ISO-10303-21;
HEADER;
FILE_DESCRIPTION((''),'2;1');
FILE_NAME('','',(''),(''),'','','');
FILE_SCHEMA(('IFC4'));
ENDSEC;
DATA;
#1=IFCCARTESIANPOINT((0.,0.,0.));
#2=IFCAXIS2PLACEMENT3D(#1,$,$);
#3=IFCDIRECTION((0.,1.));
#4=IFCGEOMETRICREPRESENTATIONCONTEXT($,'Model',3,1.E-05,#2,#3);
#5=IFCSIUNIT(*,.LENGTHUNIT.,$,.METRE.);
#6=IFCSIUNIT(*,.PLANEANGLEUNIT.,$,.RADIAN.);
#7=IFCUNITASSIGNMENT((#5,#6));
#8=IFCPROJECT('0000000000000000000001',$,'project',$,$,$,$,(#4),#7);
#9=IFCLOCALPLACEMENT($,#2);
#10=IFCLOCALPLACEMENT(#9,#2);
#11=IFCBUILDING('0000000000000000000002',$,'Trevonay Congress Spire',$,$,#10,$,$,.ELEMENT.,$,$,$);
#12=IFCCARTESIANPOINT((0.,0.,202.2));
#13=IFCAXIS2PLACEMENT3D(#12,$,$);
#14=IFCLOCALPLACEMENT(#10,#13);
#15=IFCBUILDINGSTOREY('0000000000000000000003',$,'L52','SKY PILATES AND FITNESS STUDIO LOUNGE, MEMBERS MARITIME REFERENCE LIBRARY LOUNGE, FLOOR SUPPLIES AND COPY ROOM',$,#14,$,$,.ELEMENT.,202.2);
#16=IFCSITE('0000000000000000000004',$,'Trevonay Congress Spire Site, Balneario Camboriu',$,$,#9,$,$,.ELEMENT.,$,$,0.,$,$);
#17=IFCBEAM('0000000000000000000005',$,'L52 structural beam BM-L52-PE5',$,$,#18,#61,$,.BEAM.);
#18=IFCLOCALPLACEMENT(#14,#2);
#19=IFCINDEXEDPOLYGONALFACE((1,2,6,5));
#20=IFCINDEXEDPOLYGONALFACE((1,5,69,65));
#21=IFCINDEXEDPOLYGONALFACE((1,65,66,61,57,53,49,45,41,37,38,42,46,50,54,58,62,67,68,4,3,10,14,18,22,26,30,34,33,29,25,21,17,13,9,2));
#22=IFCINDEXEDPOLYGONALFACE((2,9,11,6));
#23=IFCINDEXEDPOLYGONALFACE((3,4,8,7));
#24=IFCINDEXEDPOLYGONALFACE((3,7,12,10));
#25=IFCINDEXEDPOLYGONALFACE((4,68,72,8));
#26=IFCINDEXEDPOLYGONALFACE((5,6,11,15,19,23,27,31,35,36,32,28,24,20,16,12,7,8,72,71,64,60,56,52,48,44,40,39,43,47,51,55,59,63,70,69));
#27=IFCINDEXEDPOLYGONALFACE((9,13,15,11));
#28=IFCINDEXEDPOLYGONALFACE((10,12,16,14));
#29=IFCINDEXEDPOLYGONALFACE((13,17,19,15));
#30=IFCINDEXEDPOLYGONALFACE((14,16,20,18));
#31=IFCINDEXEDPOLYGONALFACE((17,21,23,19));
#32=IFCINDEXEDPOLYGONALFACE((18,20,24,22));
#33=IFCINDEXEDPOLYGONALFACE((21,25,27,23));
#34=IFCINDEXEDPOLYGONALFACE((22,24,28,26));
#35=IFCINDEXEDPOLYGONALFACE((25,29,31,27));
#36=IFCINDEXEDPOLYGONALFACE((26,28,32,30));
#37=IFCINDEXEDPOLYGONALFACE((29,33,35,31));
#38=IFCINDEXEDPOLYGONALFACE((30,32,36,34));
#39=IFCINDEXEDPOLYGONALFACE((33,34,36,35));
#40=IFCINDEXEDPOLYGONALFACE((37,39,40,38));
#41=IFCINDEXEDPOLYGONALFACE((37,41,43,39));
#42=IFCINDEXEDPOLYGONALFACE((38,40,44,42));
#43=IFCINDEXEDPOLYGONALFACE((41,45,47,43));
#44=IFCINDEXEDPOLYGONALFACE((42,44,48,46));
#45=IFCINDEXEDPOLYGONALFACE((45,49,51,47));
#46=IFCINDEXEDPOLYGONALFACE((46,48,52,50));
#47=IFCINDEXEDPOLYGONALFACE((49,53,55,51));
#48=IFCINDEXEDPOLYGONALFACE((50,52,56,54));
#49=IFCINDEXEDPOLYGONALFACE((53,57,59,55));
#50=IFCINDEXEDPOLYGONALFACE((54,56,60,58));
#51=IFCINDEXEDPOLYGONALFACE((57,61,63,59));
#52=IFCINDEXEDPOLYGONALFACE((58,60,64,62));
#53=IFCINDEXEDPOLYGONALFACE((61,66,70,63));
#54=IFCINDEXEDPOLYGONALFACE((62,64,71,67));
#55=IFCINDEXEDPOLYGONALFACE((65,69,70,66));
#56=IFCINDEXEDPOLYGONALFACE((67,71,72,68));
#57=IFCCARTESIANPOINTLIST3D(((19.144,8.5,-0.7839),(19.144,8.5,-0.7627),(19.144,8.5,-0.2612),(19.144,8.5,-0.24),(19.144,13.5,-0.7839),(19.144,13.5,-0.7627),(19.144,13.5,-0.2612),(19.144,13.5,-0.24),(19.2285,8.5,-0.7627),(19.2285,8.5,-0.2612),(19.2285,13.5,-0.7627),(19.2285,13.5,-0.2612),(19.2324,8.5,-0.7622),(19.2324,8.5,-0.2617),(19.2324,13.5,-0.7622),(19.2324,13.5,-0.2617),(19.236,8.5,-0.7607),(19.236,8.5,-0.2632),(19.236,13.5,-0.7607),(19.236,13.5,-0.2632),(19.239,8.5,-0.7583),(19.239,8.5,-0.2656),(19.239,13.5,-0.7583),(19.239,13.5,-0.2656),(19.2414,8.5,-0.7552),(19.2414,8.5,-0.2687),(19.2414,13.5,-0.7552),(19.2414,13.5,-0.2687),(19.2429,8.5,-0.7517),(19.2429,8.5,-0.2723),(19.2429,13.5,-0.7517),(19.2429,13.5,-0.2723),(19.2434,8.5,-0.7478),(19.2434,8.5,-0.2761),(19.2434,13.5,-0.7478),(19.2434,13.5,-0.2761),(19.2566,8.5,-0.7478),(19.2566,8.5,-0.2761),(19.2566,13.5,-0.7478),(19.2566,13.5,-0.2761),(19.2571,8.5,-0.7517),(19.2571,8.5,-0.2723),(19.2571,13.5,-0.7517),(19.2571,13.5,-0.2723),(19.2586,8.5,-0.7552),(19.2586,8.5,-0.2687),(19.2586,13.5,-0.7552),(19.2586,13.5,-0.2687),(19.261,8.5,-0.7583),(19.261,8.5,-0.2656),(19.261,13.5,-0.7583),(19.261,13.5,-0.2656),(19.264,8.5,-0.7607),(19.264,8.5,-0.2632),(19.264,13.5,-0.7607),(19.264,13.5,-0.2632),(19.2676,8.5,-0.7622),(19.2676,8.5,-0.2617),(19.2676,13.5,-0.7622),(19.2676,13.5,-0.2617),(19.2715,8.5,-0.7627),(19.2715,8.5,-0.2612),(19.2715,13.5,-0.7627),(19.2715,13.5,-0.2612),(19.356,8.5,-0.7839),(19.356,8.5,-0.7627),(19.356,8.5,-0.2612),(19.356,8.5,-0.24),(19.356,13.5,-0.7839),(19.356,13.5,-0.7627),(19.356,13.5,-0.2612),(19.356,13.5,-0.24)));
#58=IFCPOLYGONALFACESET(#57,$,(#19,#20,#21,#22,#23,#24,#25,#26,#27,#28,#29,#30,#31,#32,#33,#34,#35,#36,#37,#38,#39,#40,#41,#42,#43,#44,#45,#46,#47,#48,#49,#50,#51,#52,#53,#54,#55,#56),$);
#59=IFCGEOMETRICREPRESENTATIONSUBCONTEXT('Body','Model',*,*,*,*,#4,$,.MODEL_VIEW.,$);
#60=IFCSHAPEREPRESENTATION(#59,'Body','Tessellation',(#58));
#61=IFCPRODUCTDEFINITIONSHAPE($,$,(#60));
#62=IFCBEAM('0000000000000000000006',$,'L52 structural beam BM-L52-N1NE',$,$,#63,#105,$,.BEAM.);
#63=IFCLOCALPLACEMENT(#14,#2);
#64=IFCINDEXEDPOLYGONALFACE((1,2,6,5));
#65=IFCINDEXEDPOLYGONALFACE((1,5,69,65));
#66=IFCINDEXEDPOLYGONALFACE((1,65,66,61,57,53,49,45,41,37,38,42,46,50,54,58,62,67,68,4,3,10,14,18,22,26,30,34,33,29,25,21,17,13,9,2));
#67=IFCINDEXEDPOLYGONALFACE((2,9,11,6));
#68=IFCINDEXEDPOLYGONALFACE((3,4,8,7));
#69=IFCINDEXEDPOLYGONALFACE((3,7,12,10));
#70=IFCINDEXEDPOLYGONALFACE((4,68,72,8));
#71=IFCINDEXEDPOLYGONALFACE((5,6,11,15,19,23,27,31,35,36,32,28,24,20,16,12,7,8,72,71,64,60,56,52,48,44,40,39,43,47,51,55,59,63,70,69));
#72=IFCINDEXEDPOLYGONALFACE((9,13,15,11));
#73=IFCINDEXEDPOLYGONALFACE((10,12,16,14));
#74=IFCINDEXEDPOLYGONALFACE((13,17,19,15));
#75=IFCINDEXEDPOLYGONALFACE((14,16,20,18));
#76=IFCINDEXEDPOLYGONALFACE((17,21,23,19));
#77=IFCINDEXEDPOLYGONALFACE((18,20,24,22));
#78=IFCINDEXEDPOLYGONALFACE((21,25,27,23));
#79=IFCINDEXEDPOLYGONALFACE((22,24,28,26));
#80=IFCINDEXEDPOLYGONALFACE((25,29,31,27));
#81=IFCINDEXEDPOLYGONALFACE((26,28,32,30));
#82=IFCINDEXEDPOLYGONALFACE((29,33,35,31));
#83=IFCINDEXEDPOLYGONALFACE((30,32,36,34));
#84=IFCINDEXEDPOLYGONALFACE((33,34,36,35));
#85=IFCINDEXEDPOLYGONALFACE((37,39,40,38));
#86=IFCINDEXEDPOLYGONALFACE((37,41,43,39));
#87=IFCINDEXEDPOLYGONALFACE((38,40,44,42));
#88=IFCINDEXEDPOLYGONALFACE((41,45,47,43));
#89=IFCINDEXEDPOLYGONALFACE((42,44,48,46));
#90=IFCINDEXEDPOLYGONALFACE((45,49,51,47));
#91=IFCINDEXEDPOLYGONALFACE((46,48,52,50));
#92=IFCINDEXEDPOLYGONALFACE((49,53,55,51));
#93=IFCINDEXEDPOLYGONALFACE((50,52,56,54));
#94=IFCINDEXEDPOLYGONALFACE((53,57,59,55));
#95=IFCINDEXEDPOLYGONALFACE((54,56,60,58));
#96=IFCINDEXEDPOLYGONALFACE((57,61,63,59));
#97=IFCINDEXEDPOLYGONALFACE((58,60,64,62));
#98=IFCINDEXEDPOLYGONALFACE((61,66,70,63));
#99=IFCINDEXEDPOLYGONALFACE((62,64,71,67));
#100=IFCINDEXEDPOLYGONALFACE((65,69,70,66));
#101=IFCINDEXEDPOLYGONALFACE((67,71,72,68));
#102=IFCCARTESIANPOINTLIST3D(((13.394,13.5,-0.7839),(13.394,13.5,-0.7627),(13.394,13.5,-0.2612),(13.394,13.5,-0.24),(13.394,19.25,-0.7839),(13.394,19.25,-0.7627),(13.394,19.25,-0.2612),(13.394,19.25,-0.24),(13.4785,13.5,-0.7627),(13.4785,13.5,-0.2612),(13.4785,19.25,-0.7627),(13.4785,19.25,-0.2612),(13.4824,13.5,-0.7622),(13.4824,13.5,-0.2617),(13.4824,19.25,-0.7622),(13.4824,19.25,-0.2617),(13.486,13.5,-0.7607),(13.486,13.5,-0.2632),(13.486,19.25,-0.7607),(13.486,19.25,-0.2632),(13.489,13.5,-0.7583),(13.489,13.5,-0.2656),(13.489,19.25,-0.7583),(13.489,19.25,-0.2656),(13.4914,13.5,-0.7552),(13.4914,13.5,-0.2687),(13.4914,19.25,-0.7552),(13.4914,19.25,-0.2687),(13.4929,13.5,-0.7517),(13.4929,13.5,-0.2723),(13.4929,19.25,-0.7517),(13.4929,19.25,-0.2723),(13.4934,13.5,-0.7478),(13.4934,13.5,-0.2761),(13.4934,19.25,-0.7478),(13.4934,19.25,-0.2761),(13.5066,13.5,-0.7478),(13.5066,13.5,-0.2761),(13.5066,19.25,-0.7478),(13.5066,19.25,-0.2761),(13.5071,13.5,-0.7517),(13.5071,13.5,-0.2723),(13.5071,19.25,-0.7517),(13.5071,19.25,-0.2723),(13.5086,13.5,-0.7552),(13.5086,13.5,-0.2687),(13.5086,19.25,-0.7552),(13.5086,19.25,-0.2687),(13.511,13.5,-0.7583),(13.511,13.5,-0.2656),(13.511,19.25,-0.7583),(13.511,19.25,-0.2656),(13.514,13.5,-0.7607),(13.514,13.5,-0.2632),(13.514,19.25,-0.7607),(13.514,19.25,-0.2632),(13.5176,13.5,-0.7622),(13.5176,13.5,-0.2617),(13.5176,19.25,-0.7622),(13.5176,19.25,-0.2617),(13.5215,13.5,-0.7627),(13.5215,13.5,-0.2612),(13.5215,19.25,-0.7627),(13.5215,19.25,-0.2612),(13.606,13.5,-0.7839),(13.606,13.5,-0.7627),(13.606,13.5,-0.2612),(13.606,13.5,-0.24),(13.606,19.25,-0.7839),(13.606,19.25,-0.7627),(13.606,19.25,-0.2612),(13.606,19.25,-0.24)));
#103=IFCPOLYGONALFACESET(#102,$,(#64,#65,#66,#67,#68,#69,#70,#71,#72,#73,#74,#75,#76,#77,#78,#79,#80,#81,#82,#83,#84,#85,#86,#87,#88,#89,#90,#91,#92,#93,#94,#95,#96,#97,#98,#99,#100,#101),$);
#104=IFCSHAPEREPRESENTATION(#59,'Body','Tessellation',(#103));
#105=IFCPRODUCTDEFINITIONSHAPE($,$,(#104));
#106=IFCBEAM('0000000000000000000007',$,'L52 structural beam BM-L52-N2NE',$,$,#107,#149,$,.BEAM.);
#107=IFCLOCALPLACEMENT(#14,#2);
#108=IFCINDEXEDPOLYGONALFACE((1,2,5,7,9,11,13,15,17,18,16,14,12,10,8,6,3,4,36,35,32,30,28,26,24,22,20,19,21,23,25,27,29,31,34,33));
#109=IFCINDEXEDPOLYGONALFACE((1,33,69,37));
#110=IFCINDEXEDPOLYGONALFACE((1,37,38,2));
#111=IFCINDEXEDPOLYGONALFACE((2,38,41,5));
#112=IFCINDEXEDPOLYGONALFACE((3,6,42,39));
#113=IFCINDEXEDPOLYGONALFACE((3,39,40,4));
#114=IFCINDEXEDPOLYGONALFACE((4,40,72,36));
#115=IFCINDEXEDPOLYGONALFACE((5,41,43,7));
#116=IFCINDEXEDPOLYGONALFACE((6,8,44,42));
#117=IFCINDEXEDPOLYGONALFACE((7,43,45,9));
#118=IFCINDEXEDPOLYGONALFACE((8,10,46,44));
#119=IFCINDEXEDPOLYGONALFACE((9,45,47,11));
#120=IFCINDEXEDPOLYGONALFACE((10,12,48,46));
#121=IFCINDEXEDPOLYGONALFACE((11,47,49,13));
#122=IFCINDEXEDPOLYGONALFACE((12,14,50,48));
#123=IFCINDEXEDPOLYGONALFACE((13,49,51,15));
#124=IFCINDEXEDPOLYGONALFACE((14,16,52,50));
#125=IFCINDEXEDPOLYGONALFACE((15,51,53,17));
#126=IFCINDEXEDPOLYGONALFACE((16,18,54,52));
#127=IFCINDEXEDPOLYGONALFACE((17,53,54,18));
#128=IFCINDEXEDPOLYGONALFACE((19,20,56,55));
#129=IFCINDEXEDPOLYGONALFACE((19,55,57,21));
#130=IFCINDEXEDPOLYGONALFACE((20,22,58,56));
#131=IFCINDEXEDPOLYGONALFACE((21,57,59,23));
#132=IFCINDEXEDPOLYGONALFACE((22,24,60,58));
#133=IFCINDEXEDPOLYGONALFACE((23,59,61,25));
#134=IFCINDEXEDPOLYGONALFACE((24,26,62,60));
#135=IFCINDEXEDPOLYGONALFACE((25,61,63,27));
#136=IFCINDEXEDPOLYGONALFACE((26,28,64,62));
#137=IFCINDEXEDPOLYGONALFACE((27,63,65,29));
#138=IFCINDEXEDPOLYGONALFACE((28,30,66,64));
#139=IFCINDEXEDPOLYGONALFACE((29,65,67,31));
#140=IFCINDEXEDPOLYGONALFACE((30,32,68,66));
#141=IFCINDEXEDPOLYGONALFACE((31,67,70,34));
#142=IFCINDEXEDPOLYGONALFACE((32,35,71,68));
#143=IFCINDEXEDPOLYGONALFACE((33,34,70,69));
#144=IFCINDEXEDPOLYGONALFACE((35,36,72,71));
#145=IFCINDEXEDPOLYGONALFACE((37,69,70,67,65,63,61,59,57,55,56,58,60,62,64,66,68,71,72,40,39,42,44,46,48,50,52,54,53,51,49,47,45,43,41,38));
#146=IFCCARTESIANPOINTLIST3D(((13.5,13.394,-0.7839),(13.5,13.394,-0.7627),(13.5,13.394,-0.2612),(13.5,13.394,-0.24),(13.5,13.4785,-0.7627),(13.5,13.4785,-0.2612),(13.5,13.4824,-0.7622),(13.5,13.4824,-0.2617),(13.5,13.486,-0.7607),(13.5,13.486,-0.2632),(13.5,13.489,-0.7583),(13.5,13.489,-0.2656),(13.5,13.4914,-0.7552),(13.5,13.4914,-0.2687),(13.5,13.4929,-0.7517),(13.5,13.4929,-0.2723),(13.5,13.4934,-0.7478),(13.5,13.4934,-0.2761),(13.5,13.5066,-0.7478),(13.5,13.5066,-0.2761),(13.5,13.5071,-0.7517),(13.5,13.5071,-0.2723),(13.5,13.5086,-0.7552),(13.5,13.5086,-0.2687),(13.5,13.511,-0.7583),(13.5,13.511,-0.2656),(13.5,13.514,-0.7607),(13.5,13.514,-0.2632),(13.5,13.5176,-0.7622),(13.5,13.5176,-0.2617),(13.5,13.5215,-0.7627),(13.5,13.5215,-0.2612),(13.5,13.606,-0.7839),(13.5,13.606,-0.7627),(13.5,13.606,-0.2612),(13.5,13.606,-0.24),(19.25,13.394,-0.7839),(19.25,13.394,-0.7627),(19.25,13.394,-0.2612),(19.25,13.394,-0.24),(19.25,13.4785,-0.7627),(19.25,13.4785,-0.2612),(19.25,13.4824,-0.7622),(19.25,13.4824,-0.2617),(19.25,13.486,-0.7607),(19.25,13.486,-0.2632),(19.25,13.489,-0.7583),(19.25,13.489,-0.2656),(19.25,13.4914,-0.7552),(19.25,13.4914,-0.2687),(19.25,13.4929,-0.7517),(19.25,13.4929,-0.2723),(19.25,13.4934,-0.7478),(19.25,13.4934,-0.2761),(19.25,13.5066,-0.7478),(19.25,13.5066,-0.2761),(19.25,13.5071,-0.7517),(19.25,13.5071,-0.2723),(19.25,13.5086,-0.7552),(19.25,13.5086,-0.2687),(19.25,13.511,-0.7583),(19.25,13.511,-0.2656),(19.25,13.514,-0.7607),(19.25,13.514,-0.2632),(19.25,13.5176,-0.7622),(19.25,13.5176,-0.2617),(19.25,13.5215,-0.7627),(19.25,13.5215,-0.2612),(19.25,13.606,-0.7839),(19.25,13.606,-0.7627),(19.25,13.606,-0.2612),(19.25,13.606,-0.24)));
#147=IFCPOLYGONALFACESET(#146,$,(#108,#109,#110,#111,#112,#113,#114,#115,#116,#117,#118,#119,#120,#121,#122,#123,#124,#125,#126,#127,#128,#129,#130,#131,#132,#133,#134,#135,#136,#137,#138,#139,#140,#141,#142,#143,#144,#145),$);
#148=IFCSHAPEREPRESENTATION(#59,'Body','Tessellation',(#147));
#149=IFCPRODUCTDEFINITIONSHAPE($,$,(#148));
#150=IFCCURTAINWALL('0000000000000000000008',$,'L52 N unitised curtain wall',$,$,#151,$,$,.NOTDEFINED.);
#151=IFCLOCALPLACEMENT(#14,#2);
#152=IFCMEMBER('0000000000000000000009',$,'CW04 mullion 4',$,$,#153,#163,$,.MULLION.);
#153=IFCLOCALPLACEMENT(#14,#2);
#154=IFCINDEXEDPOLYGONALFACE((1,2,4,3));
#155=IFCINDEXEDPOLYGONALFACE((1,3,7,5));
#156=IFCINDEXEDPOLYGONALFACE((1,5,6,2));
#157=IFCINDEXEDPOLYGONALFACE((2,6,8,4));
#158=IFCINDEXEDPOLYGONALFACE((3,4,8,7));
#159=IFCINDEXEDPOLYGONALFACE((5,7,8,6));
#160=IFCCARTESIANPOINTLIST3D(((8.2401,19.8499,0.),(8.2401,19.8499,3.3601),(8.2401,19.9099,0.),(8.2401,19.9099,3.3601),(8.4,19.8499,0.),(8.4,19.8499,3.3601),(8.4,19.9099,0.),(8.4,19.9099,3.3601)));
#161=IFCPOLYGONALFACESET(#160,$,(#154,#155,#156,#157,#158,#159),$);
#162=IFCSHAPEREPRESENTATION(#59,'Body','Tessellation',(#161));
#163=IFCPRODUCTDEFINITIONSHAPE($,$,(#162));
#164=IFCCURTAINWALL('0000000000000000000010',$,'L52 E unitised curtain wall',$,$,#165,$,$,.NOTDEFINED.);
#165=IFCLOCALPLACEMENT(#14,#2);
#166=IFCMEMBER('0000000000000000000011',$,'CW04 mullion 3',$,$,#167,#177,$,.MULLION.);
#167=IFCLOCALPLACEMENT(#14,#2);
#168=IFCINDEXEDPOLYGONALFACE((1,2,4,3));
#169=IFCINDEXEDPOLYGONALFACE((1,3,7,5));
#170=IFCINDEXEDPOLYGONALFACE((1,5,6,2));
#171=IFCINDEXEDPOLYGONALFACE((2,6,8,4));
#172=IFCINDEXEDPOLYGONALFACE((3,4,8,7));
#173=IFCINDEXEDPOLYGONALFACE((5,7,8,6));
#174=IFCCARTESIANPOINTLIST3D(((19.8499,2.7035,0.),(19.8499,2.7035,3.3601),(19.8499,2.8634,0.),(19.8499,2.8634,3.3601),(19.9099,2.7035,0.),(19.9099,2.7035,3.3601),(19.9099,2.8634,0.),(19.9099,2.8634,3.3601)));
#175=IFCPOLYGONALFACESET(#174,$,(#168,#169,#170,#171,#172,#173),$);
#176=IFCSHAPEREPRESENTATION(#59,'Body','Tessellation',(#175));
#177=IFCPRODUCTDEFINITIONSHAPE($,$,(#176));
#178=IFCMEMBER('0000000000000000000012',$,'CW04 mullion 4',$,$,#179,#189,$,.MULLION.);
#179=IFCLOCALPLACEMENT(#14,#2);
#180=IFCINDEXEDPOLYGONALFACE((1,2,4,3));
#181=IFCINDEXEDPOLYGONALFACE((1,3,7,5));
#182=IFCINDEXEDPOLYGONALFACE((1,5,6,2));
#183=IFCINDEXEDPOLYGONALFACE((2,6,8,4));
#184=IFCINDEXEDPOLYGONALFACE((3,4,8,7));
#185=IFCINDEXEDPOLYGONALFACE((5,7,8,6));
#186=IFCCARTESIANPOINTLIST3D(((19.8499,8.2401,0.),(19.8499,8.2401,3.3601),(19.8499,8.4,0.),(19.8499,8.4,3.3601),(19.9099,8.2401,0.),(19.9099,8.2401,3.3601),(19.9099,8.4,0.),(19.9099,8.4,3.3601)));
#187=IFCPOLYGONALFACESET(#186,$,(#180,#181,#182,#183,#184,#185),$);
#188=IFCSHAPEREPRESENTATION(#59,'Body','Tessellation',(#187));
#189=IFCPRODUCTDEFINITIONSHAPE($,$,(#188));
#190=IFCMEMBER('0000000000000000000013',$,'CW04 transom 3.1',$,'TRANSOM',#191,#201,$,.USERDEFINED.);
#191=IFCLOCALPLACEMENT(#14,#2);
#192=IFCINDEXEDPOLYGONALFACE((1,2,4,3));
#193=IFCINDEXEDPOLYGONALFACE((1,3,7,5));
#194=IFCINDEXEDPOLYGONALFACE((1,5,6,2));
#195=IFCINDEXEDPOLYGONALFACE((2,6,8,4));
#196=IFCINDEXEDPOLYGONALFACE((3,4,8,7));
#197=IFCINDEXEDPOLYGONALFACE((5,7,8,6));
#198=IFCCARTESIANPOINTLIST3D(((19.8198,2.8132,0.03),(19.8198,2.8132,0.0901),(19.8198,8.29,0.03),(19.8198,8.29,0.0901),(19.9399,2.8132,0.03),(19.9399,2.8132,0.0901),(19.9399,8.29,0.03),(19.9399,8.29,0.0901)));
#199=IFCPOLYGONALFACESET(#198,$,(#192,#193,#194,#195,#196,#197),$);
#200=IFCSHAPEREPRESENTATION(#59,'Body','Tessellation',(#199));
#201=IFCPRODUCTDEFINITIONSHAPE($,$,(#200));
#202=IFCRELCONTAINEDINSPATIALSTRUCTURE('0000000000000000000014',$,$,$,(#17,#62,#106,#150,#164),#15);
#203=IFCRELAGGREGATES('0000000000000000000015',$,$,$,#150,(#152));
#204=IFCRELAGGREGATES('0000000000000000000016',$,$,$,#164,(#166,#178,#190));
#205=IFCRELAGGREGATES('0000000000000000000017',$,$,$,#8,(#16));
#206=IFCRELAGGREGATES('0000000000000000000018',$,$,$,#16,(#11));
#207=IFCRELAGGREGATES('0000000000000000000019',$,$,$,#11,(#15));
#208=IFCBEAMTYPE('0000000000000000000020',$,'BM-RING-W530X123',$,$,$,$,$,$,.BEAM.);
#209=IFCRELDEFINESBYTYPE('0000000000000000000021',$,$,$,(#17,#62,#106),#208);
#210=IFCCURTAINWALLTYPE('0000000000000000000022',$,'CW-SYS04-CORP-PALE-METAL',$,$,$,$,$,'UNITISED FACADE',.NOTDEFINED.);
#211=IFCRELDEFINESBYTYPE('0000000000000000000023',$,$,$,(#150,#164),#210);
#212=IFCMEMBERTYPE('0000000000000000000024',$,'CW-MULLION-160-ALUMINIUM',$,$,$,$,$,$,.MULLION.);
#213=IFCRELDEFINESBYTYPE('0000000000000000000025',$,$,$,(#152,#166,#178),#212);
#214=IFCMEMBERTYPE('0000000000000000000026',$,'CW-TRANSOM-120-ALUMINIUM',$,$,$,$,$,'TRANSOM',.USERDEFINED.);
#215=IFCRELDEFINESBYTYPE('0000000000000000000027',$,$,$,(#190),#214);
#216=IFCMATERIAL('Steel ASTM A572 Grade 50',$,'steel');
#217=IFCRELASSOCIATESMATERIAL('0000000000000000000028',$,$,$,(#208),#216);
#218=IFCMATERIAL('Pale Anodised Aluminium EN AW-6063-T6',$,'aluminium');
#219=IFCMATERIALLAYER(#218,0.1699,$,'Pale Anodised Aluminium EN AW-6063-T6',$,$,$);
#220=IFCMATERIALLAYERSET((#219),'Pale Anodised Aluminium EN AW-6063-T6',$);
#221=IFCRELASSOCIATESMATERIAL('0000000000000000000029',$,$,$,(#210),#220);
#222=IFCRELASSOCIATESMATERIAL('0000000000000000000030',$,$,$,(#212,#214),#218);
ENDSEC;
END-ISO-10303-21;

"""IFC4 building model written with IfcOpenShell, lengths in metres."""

from ifc_helpers import new_model, si_unit, direction, frame, origin, origin_2d, place, context, subcontext, project, spatial, rectangle, i_section, extrude, material, layer, layer_set, material_profile, profile_set, type_object, element, aggregate, save


model = new_model("IFC4")

# Units and contexts
model_context = context("Model", 3, precision=1e-05, world=origin(), true_north=direction((0.0, 1.0)))
body_context = subcontext(model_context, "Body", "Model", "MODEL_VIEW")
ifc_project = project(units=[si_unit("LENGTHUNIT", "METRE"), si_unit("PLANEANGLEUNIT", "RADIAN")], contexts=[model_context])

# Site, building, storey
site_placement = place(None, origin())
site = spatial("IfcSite", under=ifc_project, at=site_placement, Name="Trevonay Congress Spire Site, Balneario Camboriu", CompositionType="ELEMENT", RefElevation=0.0)
building_placement = place(site_placement, origin())
building = spatial("IfcBuilding", under=site, at=building_placement, Name="Trevonay Congress Spire", CompositionType="ELEMENT")
storey_placement = place(building_placement, frame((0.0, 0.0, 202.2)))
storey = spatial("IfcBuildingStorey", under=building, at=storey_placement, Name="L52", Description="SKY PILATES AND FITNESS STUDIO LOUNGE, MEMBERS MARITIME REFERENCE LIBRARY LOUNGE, FLOOR SUPPLIES AND COPY ROOM", CompositionType="ELEMENT", Elevation=202.2)

# Shared definitions
ifc_material_1 = material(Name="Steel ASTM A572 Grade 50", Category="steel")

# Beams
ifc_material_profile_1 = material_profile(ifc_material_1, i_section(OverallWidth=0.2119, OverallDepth=0.5439, WebThickness=0.0132, FlangeThickness=0.0212, FilletRadius=0.0149, at=origin_2d()), Name="W530x123")
ifc_profile_set_1 = profile_set([ifc_material_profile_1], Name="Steel ASTM A572 Grade 50")
beam_type_1 = type_object("IfcBeamType", Name="BM-RING-W530X123", PredefinedType="BEAM", material=ifc_profile_set_1)
for number, where, z_axis, x_axis, name in (
    (1, (19.25, 8.5, -0.512), (0.0, 1.0, 0.0), (-1.0, 0.0, 0.0), "L52 structural beam BM-L52-PE5"),
):
    element("IfcBeam", number, at=place(storey_placement, frame(where, z_axis=z_axis, x_axis=x_axis)), inside=storey, type_object=beam_type_1, Name=name, PredefinedType="BEAM", context=body_context, shape_type="SweptSolid", body=[
        extrude(i_section(OverallWidth=0.2119, OverallDepth=0.5439, WebThickness=0.0132, FlangeThickness=0.0212, FilletRadius=0.0149, at=origin_2d()), origin(), (0.0, 0.0, 1.0), 5.0),
    ])
for number, where, z_axis, x_axis, name in (
    (2, (13.5, 19.25, -0.512), (0.0, -1.0, 0.0), (1.0, 0.0, 0.0), "L52 structural beam BM-L52-N1NE"),
    (3, (19.25, 13.5, -0.512), (-1.0, 0.0, 0.0), (0.0, -1.0, 0.0), "L52 structural beam BM-L52-N2NE"),
):
    element("IfcBeam", number, at=place(storey_placement, frame(where, z_axis=z_axis, x_axis=x_axis)), inside=storey, type_object=beam_type_1, Name=name, PredefinedType="BEAM", context=body_context, shape_type="SweptSolid", body=[
        extrude(i_section(OverallWidth=0.2119, OverallDepth=0.5439, WebThickness=0.0132, FlangeThickness=0.0212, FilletRadius=0.0149, at=origin_2d()), origin(), (0.0, 0.0, 1.0), 5.75),
    ])

# Curtain wall, member
ifc_material_2 = material(Name="Pale Anodised Aluminium EN AW-6063-T6", Category="aluminium")
ifc_layer_1 = layer(ifc_material_2, 0.1699, Name="Pale Anodised Aluminium EN AW-6063-T6")
ifc_layer_set_1 = layer_set([ifc_layer_1], Name="Pale Anodised Aluminium EN AW-6063-T6")
curtain_wall_type = type_object("IfcCurtainWallType", Name="CW-SYS04-CORP-PALE-METAL", ElementType="UNITISED FACADE", PredefinedType="NOTDEFINED", material=ifc_layer_set_1)
curtain_wall_1_placement = place(storey_placement, origin())
curtain_wall_1 = element("IfcCurtainWall", 4, at=curtain_wall_1_placement, inside=storey, type_object=curtain_wall_type, Name="L52 N unitised curtain wall", PredefinedType="NOTDEFINED")
ifc_material_profile_2 = material_profile(ifc_material_2, rectangle(XDim=0.0601, YDim=0.1599, at=origin_2d()), Name="CW-MULLION-160-ALUMINIUM")
ifc_profile_set_2 = profile_set([ifc_material_profile_2], Name="Pale Anodised Aluminium EN AW-6063-T6")
member_type_1 = type_object("IfcMemberType", Name="CW-MULLION-160-ALUMINIUM", PredefinedType="MULLION", material=ifc_profile_set_2)
member_1_placement = place(storey_placement, frame((8.3201, 19.8799, 0.0), z_axis=(0.0, 0.0, 1.0), x_axis=(0.0, 1.0, 0.0)))
member_1 = element("IfcMember", 5, at=member_1_placement, type_object=member_type_1, Name="CW04 mullion 4", PredefinedType="MULLION", context=body_context, shape_type="SweptSolid", body=[
    extrude(rectangle(XDim=0.0601, YDim=0.1599, at=origin_2d()), origin(), (0.0, 0.0, 1.0), 3.3601),
])

# Curtain wall, members
curtain_wall_2_placement = place(storey_placement, origin())
curtain_wall_2 = element("IfcCurtainWall", 6, at=curtain_wall_2_placement, inside=storey, type_object=curtain_wall_type, Name="L52 E unitised curtain wall", PredefinedType="NOTDEFINED")
member_2_placement = place(storey_placement, frame((19.8799, 2.7834, 0.0), z_axis=(0.0, 0.0, 1.0), x_axis=(-1.0, 0.0, 0.0)))
member_2 = element("IfcMember", 7, at=member_2_placement, type_object=member_type_1, Name="CW04 mullion 3", PredefinedType="MULLION", context=body_context, shape_type="SweptSolid", body=[
    extrude(rectangle(XDim=0.0601, YDim=0.1599, at=origin_2d()), origin(), (0.0, 0.0, 1.0), 3.3601),
])
member_3_placement = place(storey_placement, frame((19.8799, 8.3201, 0.0), z_axis=(0.0, 0.0, 1.0), x_axis=(-1.0, 0.0, 0.0)))
member_3 = element("IfcMember", 8, at=member_3_placement, type_object=member_type_1, Name="CW04 mullion 4", PredefinedType="MULLION", context=body_context, shape_type="SweptSolid", body=[
    extrude(rectangle(XDim=0.0601, YDim=0.1599, at=origin_2d()), origin(), (0.0, 0.0, 1.0), 3.3601),
])
ifc_material_profile_3 = material_profile(ifc_material_2, rectangle(XDim=0.1201, YDim=0.0601, at=origin_2d()), Name="CW-TRANSOM-120-ALUMINIUM")
ifc_profile_set_3 = profile_set([ifc_material_profile_3], Name="Pale Anodised Aluminium EN AW-6063-T6")
member_type_2 = type_object("IfcMemberType", Name="CW-TRANSOM-120-ALUMINIUM", ElementType="TRANSOM", PredefinedType="USERDEFINED", material=ifc_profile_set_3)
member_4_placement = place(storey_placement, frame((19.8799, 2.8132, 0.0601), z_axis=(0.0, 1.0, 0.0), x_axis=(-1.0, 0.0, 0.0)))
member_4 = element("IfcMember", 9, at=member_4_placement, type_object=member_type_2, Name="CW04 transom 3.1", ObjectType="TRANSOM", PredefinedType="USERDEFINED", context=body_context, shape_type="SweptSolid", body=[
    extrude(rectangle(XDim=0.1201, YDim=0.0601, at=origin_2d()), origin(), (0.0, 0.0, 1.0), 5.4768),
])

aggregate(curtain_wall_1, [member_1])
aggregate(curtain_wall_2, [member_2, member_3, member_4])

save(model, "model.ifc")
